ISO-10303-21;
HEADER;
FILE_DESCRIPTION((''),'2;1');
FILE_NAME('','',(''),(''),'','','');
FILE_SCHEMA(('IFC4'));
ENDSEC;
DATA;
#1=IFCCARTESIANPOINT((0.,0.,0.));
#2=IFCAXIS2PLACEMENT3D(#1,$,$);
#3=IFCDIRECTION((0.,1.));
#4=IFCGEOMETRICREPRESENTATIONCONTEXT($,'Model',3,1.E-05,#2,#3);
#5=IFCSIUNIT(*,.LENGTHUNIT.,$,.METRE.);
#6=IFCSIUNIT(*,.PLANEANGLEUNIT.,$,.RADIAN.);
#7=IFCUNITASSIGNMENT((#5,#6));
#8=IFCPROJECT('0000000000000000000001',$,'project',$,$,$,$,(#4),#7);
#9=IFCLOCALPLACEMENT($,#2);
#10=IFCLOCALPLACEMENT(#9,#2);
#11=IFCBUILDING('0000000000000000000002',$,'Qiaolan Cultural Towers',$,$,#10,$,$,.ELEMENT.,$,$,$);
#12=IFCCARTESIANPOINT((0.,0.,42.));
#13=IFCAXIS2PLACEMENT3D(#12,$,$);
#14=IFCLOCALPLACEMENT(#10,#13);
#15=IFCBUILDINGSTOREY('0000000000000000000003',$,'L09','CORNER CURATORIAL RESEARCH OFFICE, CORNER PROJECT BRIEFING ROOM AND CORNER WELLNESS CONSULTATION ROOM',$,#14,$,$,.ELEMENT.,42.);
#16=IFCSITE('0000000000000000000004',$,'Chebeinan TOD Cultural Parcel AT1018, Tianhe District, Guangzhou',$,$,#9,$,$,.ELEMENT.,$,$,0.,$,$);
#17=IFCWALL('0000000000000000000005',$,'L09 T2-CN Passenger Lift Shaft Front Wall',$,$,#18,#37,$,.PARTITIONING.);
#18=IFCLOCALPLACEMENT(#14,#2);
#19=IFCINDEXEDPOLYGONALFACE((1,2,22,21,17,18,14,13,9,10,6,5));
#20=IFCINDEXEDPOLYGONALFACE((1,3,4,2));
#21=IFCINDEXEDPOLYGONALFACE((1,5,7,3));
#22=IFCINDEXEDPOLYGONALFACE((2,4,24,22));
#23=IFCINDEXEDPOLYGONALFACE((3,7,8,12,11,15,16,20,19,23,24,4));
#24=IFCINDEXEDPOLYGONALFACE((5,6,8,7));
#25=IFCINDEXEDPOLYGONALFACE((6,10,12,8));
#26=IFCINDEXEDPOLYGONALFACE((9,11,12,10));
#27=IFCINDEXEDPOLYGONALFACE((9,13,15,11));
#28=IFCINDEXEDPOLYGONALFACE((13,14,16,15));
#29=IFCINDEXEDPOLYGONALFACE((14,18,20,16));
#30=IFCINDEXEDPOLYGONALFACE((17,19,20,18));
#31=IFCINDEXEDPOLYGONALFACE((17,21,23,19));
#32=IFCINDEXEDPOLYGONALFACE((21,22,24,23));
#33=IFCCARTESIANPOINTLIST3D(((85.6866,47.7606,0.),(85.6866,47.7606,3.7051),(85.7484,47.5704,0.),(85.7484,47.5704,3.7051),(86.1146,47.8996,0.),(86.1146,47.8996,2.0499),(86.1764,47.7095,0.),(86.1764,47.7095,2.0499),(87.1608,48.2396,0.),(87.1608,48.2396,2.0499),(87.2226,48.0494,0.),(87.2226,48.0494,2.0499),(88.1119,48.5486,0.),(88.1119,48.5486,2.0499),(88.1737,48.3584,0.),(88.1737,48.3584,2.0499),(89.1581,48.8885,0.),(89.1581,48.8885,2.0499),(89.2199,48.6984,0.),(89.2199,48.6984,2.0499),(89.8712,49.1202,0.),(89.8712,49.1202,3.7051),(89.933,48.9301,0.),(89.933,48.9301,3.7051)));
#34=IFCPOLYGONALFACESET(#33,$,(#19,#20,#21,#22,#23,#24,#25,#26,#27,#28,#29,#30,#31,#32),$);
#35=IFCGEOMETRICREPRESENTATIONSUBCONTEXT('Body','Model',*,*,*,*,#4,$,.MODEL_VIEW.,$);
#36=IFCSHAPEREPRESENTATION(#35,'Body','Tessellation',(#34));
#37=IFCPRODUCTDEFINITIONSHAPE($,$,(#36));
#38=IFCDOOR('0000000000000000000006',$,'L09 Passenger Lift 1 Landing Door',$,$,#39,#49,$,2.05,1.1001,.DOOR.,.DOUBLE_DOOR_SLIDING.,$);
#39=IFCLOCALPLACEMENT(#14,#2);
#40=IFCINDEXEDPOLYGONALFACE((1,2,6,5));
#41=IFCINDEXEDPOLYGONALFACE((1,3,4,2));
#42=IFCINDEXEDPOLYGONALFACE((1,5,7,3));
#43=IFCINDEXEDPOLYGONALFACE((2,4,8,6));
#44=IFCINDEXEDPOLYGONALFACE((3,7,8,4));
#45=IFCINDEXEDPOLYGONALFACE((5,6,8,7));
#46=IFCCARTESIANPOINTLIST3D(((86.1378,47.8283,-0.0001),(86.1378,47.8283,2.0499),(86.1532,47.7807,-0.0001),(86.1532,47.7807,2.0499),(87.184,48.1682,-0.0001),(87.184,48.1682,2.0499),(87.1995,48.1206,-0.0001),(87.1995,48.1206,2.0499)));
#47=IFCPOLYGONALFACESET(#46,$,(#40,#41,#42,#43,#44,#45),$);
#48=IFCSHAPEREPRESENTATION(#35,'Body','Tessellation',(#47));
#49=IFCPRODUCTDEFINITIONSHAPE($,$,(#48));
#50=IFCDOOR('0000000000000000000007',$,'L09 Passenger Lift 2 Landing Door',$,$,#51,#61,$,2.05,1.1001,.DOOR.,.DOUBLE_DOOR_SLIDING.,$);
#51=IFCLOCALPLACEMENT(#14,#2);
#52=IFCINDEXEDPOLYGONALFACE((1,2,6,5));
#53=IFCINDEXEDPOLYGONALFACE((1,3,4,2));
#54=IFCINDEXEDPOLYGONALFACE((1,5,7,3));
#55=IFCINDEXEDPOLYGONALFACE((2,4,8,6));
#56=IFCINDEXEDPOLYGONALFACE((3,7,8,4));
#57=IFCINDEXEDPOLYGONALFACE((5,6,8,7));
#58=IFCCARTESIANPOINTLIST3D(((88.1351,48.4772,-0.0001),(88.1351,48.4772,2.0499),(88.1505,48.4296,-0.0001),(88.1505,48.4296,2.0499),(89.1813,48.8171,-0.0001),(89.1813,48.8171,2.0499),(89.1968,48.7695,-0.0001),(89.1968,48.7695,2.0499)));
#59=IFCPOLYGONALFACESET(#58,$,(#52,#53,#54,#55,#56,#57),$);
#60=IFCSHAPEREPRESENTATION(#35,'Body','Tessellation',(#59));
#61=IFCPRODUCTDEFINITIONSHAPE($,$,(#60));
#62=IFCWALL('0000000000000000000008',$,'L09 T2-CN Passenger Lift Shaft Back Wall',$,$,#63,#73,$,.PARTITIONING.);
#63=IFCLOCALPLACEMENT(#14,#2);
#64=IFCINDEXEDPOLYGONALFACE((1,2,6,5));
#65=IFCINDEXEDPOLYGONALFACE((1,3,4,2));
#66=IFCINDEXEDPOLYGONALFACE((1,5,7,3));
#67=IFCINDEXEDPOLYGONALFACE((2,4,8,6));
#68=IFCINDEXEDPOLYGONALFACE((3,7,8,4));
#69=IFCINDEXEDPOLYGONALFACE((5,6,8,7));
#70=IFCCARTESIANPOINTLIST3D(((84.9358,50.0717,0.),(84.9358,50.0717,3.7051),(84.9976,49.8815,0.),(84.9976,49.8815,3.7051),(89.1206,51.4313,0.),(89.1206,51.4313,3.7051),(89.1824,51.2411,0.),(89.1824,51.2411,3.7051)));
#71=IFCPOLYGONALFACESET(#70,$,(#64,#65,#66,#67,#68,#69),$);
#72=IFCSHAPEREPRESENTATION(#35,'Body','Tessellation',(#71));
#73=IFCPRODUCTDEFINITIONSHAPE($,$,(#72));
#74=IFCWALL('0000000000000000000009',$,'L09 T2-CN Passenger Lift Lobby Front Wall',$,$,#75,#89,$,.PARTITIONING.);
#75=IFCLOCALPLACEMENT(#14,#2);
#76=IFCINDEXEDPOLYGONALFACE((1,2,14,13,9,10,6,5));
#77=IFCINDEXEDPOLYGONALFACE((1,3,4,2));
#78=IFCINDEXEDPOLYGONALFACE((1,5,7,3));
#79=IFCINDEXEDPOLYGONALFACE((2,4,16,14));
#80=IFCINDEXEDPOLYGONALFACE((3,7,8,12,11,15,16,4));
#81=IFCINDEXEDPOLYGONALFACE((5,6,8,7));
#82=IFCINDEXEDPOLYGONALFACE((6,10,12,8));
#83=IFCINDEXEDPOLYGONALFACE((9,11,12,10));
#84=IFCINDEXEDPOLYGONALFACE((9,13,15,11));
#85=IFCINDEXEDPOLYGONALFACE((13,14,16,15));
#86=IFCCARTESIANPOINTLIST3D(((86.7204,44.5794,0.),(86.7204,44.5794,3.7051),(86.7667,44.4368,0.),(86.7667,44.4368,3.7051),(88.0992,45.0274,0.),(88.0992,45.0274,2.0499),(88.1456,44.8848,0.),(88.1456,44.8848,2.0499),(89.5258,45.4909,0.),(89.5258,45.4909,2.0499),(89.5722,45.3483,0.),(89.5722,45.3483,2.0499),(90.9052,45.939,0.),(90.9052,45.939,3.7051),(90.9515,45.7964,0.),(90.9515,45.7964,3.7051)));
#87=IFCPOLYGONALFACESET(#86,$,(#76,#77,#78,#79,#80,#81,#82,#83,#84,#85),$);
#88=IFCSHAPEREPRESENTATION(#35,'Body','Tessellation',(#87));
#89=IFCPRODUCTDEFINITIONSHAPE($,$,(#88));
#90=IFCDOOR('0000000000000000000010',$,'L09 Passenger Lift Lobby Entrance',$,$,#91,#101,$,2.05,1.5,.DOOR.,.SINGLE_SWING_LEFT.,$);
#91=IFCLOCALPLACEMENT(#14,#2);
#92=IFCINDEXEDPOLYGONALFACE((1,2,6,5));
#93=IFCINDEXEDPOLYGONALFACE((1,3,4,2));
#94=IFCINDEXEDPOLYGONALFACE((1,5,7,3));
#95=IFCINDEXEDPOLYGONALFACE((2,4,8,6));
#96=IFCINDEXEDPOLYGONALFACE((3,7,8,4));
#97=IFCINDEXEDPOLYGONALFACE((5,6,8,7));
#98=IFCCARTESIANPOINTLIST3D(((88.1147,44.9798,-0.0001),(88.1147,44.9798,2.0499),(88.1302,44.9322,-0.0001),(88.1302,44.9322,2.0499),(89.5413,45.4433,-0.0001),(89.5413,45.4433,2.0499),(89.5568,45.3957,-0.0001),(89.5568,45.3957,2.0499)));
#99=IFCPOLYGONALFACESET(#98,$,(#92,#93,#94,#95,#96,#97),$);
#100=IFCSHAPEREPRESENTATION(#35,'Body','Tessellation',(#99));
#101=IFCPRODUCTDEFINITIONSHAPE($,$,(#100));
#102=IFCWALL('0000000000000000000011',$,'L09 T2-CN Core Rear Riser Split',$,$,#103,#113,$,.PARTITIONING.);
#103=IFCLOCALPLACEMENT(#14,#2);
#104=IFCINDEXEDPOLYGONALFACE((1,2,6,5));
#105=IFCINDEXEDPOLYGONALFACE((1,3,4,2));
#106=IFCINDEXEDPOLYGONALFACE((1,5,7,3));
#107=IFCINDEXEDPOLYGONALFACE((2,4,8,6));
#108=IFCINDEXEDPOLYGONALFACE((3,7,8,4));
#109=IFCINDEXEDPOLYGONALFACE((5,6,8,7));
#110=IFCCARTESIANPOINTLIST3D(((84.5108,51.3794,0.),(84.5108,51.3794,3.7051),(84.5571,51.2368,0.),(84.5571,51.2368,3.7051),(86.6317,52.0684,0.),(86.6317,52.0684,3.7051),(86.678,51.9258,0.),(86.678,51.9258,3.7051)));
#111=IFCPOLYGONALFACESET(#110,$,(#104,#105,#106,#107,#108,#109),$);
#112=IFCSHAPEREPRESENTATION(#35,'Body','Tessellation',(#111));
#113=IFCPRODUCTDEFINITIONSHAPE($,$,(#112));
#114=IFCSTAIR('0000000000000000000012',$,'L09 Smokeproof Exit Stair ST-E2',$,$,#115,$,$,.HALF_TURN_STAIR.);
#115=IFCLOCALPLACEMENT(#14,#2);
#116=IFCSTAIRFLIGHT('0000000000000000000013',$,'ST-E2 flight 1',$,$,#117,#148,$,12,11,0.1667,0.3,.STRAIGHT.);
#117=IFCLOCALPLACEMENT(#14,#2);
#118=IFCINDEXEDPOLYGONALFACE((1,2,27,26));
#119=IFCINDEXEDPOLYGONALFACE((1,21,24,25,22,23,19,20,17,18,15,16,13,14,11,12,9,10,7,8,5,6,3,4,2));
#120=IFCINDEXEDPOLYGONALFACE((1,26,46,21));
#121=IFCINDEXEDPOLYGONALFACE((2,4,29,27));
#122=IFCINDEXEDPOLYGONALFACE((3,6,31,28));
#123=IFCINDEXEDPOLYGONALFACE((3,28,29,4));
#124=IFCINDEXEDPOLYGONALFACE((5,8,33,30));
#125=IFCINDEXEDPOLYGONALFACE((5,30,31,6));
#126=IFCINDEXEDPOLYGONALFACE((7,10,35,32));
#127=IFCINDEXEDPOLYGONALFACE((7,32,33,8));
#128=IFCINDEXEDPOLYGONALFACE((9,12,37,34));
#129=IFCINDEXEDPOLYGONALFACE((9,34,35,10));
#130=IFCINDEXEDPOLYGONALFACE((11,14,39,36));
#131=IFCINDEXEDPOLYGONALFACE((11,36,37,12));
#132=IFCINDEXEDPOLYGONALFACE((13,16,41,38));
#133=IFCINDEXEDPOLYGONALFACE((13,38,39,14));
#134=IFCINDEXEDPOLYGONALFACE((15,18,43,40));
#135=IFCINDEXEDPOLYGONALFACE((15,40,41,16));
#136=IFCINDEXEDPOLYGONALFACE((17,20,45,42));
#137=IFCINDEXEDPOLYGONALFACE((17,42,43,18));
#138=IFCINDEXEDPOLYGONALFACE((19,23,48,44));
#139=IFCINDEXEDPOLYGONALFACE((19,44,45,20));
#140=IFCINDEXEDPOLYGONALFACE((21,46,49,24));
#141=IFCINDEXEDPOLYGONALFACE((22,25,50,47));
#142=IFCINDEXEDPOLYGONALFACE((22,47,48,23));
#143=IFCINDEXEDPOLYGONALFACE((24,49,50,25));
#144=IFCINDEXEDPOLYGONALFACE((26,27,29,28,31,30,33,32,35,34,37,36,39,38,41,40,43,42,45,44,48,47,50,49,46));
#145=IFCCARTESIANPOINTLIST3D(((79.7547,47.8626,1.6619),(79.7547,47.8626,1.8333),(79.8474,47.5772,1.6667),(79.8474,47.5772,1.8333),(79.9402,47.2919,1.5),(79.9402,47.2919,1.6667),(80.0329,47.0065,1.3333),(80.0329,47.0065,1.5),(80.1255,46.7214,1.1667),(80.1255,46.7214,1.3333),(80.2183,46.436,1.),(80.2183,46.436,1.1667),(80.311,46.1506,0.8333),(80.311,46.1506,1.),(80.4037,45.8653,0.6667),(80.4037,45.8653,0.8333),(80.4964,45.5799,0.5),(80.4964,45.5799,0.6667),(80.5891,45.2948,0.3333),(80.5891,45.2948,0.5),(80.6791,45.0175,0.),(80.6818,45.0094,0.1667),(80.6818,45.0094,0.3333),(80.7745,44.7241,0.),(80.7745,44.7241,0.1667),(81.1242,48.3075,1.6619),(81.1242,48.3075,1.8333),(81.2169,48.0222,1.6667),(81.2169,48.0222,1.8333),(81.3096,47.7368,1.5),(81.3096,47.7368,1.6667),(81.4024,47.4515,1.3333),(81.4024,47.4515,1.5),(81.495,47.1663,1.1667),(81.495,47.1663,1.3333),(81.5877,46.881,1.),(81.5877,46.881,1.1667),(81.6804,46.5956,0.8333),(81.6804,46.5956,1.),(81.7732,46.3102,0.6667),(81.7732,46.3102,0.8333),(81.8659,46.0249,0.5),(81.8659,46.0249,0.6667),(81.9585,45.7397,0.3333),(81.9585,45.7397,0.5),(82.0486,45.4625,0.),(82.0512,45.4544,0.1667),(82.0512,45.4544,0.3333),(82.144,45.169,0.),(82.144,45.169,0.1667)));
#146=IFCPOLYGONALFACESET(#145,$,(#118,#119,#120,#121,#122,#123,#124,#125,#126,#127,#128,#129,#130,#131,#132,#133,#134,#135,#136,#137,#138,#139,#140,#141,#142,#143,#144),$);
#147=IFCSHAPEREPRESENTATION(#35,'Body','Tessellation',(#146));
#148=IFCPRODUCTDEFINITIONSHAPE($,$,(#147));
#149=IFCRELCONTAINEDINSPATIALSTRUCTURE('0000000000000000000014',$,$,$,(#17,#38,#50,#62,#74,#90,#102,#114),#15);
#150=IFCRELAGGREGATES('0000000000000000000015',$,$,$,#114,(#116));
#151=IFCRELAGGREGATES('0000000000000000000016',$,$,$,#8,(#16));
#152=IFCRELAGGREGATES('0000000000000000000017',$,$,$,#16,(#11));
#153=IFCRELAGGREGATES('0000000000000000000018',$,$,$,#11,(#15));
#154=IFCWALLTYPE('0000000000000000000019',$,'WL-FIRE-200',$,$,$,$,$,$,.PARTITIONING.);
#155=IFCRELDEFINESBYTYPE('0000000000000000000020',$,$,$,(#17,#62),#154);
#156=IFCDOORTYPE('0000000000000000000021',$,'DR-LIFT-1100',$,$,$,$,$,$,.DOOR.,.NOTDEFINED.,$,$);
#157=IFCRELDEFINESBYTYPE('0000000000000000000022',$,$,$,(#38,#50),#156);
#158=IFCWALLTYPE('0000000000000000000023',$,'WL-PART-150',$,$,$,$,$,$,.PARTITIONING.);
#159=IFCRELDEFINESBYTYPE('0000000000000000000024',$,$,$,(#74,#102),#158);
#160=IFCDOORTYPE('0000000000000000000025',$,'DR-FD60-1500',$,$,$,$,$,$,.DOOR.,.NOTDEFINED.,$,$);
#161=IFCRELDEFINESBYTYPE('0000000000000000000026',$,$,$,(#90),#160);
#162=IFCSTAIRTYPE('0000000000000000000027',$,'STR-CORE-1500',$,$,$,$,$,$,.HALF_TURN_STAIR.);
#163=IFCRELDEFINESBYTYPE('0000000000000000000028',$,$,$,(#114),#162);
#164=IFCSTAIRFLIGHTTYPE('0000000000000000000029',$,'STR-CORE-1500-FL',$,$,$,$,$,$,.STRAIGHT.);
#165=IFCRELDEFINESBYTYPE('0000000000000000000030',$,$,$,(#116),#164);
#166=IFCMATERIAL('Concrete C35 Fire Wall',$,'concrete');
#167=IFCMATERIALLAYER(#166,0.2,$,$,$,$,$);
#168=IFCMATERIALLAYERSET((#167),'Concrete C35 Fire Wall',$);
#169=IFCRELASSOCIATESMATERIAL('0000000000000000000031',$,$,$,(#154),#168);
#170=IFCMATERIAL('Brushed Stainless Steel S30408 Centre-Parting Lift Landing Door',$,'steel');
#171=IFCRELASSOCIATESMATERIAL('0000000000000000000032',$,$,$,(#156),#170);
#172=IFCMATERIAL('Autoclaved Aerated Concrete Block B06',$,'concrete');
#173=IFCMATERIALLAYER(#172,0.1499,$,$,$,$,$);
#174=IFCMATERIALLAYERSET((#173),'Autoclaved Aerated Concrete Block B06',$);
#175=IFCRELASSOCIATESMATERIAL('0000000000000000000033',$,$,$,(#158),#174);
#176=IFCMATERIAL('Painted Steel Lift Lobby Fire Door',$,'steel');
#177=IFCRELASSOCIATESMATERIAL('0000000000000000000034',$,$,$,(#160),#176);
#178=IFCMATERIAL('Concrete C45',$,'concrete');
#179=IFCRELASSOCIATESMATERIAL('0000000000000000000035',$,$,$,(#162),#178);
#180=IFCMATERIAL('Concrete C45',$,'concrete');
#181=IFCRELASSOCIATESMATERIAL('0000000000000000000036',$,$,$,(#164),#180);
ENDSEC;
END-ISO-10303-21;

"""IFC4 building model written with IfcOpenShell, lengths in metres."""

from ifc_helpers import new_model, si_unit, direction, frame, frame_2d, origin, place, context, subcontext, project, spatial, polyline, rectangle, outline, extrude, material, layer, layer_set, type_object, element, fill, aggregate, save


model = new_model("IFC4")

# Units and contexts
model_context = context("Model", 3, precision=1e-05, world=origin(), true_north=direction((0.0, 1.0)))
body_context = subcontext(model_context, "Body", "Model", "MODEL_VIEW")
ifc_project = project(units=[si_unit("LENGTHUNIT", "METRE"), si_unit("PLANEANGLEUNIT", "RADIAN")], contexts=[model_context])

# Site, building, storey
site_placement = place(None, origin())
site = spatial("IfcSite", under=ifc_project, at=site_placement, Name="Chebeinan TOD Cultural Parcel AT1018, Tianhe District, Guangzhou", CompositionType="ELEMENT", RefElevation=0.0)
building_placement = place(site_placement, origin())
building = spatial("IfcBuilding", under=site, at=building_placement, Name="Qiaolan Cultural Towers", CompositionType="ELEMENT")
storey_placement = place(building_placement, frame((0.0, 0.0, 42.0)))
storey = spatial("IfcBuildingStorey", under=building, at=storey_placement, Name="L09", Description="CORNER CURATORIAL RESEARCH OFFICE, CORNER PROJECT BRIEFING ROOM AND CORNER WELLNESS CONSULTATION ROOM", CompositionType="ELEMENT", Elevation=42.0)

# Shared definitions
ifc_material_1 = material(Name="Concrete C35 Fire Wall", Category="concrete")
ifc_layer_1 = layer(ifc_material_1, 0.2)
ifc_layer_set_1 = layer_set([ifc_layer_1], Name="Concrete C35 Fire Wall")
wall_type_1 = type_object("IfcWallType", Name="WL-FIRE-200", PredefinedType="PARTITIONING", material=ifc_layer_set_1)

# Shared definitions
ifc_material_2 = material(Name="Brushed Stainless Steel S30408 Centre-Parting Lift Landing Door", Category="steel")
door_type_1 = type_object("IfcDoorType", Name="DR-LIFT-1100", OperationType="NOTDEFINED", PredefinedType="DOOR", material=ifc_material_2)

# Wall, openings, doors
wall_1_placement = place(storey_placement, frame((85.7175, 47.6655, 0.0), z_axis=(0.0, 0.0, 1.0), x_axis=(0.951059, 0.309011, 0.0)))
wall_1 = element("IfcWall", 1, at=wall_1_placement, inside=storey, type_object=wall_type_1, Name="L09 T2-CN Passenger Lift Shaft Front Wall", PredefinedType="PARTITIONING", context=body_context, shape_type="SweptSolid", body=[
    extrude(rectangle(XDim=4.3999, YDim=0.2, at=frame_2d((2.2, 0.0))), origin(), (0.0, 0.0, 1.0), 3.7051),
])
opening_1_placement = place(wall_1_placement, frame((0.45, 0.0, 0.0)))
opening_1 = element("IfcOpeningElement", 2, at=opening_1_placement, cuts=wall_1, PredefinedType="OPENING", context=body_context, shape_type="SweptSolid", body=[
    extrude(rectangle(XDim=1.1001, YDim=2.05, at=frame_2d((0.55, 1.0249))), frame((0.0, 0.1099, 0.0), z_axis=(0.0, -1.0, 0.0), x_axis=(1.0, 0.0, 0.0)), (0.0, 0.0, 1.0), 0.22),
])
opening_2_placement = place(wall_1_placement, frame((2.55, 0.0, 0.0)))
opening_2 = element("IfcOpeningElement", 3, at=opening_2_placement, cuts=wall_1, PredefinedType="OPENING", context=body_context, shape_type="SweptSolid", body=[
    extrude(rectangle(XDim=1.1001, YDim=2.05, at=frame_2d((0.55, 1.0249))), frame((0.0, 0.1099, 0.0), z_axis=(0.0, -1.0, 0.0), x_axis=(1.0, 0.0, 0.0)), (0.0, 0.0, 1.0), 0.22),
])
door_1_placement = place(opening_1_placement, origin())
door_1 = element("IfcDoor", 4, at=door_1_placement, inside=storey, type_object=door_type_1, Name="L09 Passenger Lift 1 Landing Door", OperationType="DOUBLE_DOOR_SLIDING", OverallHeight=2.05, OverallWidth=1.1001, PredefinedType="DOOR", context=body_context, shape_type="SweptSolid", body=[
    extrude(rectangle(XDim=1.1001, YDim=2.05, at=frame_2d((0.55, 1.0249))), frame((0.0, 0.0249, 0.0), z_axis=(0.0, -1.0, 0.0), x_axis=(1.0, 0.0, 0.0)), (0.0, 0.0, 1.0), 0.05),
])
fill(opening_1, door_1)
door_2_placement = place(opening_2_placement, origin())
door_2 = element("IfcDoor", 5, at=door_2_placement, inside=storey, type_object=door_type_1, Name="L09 Passenger Lift 2 Landing Door", OperationType="DOUBLE_DOOR_SLIDING", OverallHeight=2.05, OverallWidth=1.1001, PredefinedType="DOOR", context=body_context, shape_type="SweptSolid", body=[
    extrude(rectangle(XDim=1.1001, YDim=2.05, at=frame_2d((0.55, 1.0249))), frame((0.0, 0.0249, 0.0), z_axis=(0.0, -1.0, 0.0), x_axis=(1.0, 0.0, 0.0)), (0.0, 0.0, 1.0), 0.05),
])
fill(opening_2, door_2)

# Wall
wall_2_placement = place(storey_placement, frame((84.9666, 49.9766, 0.0), z_axis=(0.0, 0.0, 1.0), x_axis=(0.951064, 0.308994, 0.0)))
element("IfcWall", 6, at=wall_2_placement, inside=storey, type_object=wall_type_1, Name="L09 T2-CN Passenger Lift Shaft Back Wall", PredefinedType="PARTITIONING", context=body_context, shape_type="SweptSolid", body=[
    extrude(rectangle(XDim=4.4001, YDim=0.2, at=frame_2d((2.2002, 0.0))), origin(), (0.0, 0.0, 1.0), 3.7051),
])

# Wall, opening, door
ifc_material_3 = material(Name="Autoclaved Aerated Concrete Block B06", Category="concrete")
ifc_layer_2 = layer(ifc_material_3, 0.1499)
ifc_layer_set_2 = layer_set([ifc_layer_2], Name="Autoclaved Aerated Concrete Block B06")
wall_type_2 = type_object("IfcWallType", Name="WL-PART-150", PredefinedType="PARTITIONING", material=ifc_layer_set_2)
wall_3_placement = place(storey_placement, frame((86.7434, 44.5081, 0.0), z_axis=(0.0, 0.0, 1.0), x_axis=(0.951064, 0.308994, 0.0)))
wall_3 = element("IfcWall", 7, at=wall_3_placement, inside=storey, type_object=wall_type_2, Name="L09 T2-CN Passenger Lift Lobby Front Wall", PredefinedType="PARTITIONING", context=body_context, shape_type="SweptSolid", body=[
    extrude(rectangle(XDim=4.4001, YDim=0.1499, at=frame_2d((2.2002, 0.0))), origin(), (0.0, 0.0, 1.0), 3.7051),
])
opening_3_placement = place(wall_3_placement, frame((1.45, 0.0, 0.0)))
opening_3 = element("IfcOpeningElement", 8, at=opening_3_placement, cuts=wall_3, PredefinedType="OPENING", context=body_context, shape_type="SweptSolid", body=[
    extrude(rectangle(XDim=1.5, YDim=2.05, at=frame_2d((0.75, 1.0249))), frame((0.0, 0.085, 0.0), z_axis=(0.0, -1.0, 0.0), x_axis=(1.0, 0.0, 0.0)), (0.0, 0.0, 1.0), 0.1699),
])
ifc_material_4 = material(Name="Painted Steel Lift Lobby Fire Door", Category="steel")
door_type_2 = type_object("IfcDoorType", Name="DR-FD60-1500", OperationType="NOTDEFINED", PredefinedType="DOOR", material=ifc_material_4)
door_3_placement = place(opening_3_placement, origin())
door_3 = element("IfcDoor", 9, at=door_3_placement, inside=storey, type_object=door_type_2, Name="L09 Passenger Lift Lobby Entrance", OperationType="SINGLE_SWING_LEFT", OverallHeight=2.05, OverallWidth=1.5, PredefinedType="DOOR", context=body_context, shape_type="SweptSolid", body=[
    extrude(rectangle(XDim=1.5, YDim=2.05, at=frame_2d((0.75, 1.0249))), frame((0.0, 0.0249, 0.0), z_axis=(0.0, -1.0, 0.0), x_axis=(1.0, 0.0, 0.0)), (0.0, 0.0, 1.0), 0.05),
])
fill(opening_3, door_3)

# Wall
wall_4_placement = place(storey_placement, frame((84.5339, 51.3081, 0.0), z_axis=(0.0, 0.0, 1.0), x_axis=(0.951075, 0.30896, 0.0)))
element("IfcWall", 10, at=wall_4_placement, inside=storey, type_object=wall_type_2, Name="L09 T2-CN Core Rear Riser Split", PredefinedType="PARTITIONING", context=body_context, shape_type="SweptSolid", body=[
    extrude(rectangle(XDim=2.23, YDim=0.1499, at=frame_2d((1.115, 0.0))), origin(), (0.0, 0.0, 1.0), 3.7051),
])

# Stair, stair flight
ifc_material_5 = material(Name="Concrete C45", Category="concrete")
stair_type = type_object("IfcStairType", Name="STR-CORE-1500", PredefinedType="HALF_TURN_STAIR", material=ifc_material_5)
stair_placement = place(storey_placement, origin())
stair = element("IfcStair", 11, at=stair_placement, inside=storey, type_object=stair_type, Name="L09 Smokeproof Exit Stair ST-E2", PredefinedType="HALF_TURN_STAIR")
ifc_material_6 = material(Name="Concrete C45", Category="concrete")
stair_flight_type = type_object("IfcStairFlightType", Name="STR-CORE-1500-FL", PredefinedType="STRAIGHT", material=ifc_material_6)
stair_flight_1_placement = place(storey_placement, frame((81.4592, 44.9465, 0.0), z_axis=(0.0, 0.0, 1.0), x_axis=(-0.309017, 0.951057, 0.0)))
stair_flight_1 = element("IfcStairFlight", 12, at=stair_flight_1_placement, type_object=stair_flight_type, Name="ST-E2 flight 1", NumberOfRisers=12, NumberOfTreads=11, PredefinedType="STRAIGHT", RiserHeight=0.1667, TreadLength=0.3, context=body_context, shape_type="SweptSolid", body=[
    extrude(outline(polyline([(0.0, 0.0), (0.0, 0.1667), (0.3, 0.1667), (0.3, 0.3333), (0.6001, 0.3333), (0.6001, 0.5), (0.8999, 0.5), (0.8999, 0.6667), (1.2, 0.6667), (1.2, 0.8333), (1.5, 0.8333), (1.5, 1.0), (1.8, 1.0), (1.8, 1.1667), (2.1001, 1.1667), (2.1001, 1.3333), (2.3999, 1.3333), (2.3999, 1.5), (2.7, 1.5), (2.7, 1.6667), (3.0, 1.6667), (3.0, 1.8333), (3.3, 1.8333), (3.3, 2.0), (3.3, 1.6619), (0.3086, 0.0), (0.0, 0.0)])), frame((0.0, 0.72, 0.0), z_axis=(0.0, -1.0, 0.0), x_axis=(1.0, 0.0, 0.0)), (0.0, 0.0, 1.0), 1.4399),
])
aggregate(stair, [stair_flight_1])

save(model, "model.ifc")
